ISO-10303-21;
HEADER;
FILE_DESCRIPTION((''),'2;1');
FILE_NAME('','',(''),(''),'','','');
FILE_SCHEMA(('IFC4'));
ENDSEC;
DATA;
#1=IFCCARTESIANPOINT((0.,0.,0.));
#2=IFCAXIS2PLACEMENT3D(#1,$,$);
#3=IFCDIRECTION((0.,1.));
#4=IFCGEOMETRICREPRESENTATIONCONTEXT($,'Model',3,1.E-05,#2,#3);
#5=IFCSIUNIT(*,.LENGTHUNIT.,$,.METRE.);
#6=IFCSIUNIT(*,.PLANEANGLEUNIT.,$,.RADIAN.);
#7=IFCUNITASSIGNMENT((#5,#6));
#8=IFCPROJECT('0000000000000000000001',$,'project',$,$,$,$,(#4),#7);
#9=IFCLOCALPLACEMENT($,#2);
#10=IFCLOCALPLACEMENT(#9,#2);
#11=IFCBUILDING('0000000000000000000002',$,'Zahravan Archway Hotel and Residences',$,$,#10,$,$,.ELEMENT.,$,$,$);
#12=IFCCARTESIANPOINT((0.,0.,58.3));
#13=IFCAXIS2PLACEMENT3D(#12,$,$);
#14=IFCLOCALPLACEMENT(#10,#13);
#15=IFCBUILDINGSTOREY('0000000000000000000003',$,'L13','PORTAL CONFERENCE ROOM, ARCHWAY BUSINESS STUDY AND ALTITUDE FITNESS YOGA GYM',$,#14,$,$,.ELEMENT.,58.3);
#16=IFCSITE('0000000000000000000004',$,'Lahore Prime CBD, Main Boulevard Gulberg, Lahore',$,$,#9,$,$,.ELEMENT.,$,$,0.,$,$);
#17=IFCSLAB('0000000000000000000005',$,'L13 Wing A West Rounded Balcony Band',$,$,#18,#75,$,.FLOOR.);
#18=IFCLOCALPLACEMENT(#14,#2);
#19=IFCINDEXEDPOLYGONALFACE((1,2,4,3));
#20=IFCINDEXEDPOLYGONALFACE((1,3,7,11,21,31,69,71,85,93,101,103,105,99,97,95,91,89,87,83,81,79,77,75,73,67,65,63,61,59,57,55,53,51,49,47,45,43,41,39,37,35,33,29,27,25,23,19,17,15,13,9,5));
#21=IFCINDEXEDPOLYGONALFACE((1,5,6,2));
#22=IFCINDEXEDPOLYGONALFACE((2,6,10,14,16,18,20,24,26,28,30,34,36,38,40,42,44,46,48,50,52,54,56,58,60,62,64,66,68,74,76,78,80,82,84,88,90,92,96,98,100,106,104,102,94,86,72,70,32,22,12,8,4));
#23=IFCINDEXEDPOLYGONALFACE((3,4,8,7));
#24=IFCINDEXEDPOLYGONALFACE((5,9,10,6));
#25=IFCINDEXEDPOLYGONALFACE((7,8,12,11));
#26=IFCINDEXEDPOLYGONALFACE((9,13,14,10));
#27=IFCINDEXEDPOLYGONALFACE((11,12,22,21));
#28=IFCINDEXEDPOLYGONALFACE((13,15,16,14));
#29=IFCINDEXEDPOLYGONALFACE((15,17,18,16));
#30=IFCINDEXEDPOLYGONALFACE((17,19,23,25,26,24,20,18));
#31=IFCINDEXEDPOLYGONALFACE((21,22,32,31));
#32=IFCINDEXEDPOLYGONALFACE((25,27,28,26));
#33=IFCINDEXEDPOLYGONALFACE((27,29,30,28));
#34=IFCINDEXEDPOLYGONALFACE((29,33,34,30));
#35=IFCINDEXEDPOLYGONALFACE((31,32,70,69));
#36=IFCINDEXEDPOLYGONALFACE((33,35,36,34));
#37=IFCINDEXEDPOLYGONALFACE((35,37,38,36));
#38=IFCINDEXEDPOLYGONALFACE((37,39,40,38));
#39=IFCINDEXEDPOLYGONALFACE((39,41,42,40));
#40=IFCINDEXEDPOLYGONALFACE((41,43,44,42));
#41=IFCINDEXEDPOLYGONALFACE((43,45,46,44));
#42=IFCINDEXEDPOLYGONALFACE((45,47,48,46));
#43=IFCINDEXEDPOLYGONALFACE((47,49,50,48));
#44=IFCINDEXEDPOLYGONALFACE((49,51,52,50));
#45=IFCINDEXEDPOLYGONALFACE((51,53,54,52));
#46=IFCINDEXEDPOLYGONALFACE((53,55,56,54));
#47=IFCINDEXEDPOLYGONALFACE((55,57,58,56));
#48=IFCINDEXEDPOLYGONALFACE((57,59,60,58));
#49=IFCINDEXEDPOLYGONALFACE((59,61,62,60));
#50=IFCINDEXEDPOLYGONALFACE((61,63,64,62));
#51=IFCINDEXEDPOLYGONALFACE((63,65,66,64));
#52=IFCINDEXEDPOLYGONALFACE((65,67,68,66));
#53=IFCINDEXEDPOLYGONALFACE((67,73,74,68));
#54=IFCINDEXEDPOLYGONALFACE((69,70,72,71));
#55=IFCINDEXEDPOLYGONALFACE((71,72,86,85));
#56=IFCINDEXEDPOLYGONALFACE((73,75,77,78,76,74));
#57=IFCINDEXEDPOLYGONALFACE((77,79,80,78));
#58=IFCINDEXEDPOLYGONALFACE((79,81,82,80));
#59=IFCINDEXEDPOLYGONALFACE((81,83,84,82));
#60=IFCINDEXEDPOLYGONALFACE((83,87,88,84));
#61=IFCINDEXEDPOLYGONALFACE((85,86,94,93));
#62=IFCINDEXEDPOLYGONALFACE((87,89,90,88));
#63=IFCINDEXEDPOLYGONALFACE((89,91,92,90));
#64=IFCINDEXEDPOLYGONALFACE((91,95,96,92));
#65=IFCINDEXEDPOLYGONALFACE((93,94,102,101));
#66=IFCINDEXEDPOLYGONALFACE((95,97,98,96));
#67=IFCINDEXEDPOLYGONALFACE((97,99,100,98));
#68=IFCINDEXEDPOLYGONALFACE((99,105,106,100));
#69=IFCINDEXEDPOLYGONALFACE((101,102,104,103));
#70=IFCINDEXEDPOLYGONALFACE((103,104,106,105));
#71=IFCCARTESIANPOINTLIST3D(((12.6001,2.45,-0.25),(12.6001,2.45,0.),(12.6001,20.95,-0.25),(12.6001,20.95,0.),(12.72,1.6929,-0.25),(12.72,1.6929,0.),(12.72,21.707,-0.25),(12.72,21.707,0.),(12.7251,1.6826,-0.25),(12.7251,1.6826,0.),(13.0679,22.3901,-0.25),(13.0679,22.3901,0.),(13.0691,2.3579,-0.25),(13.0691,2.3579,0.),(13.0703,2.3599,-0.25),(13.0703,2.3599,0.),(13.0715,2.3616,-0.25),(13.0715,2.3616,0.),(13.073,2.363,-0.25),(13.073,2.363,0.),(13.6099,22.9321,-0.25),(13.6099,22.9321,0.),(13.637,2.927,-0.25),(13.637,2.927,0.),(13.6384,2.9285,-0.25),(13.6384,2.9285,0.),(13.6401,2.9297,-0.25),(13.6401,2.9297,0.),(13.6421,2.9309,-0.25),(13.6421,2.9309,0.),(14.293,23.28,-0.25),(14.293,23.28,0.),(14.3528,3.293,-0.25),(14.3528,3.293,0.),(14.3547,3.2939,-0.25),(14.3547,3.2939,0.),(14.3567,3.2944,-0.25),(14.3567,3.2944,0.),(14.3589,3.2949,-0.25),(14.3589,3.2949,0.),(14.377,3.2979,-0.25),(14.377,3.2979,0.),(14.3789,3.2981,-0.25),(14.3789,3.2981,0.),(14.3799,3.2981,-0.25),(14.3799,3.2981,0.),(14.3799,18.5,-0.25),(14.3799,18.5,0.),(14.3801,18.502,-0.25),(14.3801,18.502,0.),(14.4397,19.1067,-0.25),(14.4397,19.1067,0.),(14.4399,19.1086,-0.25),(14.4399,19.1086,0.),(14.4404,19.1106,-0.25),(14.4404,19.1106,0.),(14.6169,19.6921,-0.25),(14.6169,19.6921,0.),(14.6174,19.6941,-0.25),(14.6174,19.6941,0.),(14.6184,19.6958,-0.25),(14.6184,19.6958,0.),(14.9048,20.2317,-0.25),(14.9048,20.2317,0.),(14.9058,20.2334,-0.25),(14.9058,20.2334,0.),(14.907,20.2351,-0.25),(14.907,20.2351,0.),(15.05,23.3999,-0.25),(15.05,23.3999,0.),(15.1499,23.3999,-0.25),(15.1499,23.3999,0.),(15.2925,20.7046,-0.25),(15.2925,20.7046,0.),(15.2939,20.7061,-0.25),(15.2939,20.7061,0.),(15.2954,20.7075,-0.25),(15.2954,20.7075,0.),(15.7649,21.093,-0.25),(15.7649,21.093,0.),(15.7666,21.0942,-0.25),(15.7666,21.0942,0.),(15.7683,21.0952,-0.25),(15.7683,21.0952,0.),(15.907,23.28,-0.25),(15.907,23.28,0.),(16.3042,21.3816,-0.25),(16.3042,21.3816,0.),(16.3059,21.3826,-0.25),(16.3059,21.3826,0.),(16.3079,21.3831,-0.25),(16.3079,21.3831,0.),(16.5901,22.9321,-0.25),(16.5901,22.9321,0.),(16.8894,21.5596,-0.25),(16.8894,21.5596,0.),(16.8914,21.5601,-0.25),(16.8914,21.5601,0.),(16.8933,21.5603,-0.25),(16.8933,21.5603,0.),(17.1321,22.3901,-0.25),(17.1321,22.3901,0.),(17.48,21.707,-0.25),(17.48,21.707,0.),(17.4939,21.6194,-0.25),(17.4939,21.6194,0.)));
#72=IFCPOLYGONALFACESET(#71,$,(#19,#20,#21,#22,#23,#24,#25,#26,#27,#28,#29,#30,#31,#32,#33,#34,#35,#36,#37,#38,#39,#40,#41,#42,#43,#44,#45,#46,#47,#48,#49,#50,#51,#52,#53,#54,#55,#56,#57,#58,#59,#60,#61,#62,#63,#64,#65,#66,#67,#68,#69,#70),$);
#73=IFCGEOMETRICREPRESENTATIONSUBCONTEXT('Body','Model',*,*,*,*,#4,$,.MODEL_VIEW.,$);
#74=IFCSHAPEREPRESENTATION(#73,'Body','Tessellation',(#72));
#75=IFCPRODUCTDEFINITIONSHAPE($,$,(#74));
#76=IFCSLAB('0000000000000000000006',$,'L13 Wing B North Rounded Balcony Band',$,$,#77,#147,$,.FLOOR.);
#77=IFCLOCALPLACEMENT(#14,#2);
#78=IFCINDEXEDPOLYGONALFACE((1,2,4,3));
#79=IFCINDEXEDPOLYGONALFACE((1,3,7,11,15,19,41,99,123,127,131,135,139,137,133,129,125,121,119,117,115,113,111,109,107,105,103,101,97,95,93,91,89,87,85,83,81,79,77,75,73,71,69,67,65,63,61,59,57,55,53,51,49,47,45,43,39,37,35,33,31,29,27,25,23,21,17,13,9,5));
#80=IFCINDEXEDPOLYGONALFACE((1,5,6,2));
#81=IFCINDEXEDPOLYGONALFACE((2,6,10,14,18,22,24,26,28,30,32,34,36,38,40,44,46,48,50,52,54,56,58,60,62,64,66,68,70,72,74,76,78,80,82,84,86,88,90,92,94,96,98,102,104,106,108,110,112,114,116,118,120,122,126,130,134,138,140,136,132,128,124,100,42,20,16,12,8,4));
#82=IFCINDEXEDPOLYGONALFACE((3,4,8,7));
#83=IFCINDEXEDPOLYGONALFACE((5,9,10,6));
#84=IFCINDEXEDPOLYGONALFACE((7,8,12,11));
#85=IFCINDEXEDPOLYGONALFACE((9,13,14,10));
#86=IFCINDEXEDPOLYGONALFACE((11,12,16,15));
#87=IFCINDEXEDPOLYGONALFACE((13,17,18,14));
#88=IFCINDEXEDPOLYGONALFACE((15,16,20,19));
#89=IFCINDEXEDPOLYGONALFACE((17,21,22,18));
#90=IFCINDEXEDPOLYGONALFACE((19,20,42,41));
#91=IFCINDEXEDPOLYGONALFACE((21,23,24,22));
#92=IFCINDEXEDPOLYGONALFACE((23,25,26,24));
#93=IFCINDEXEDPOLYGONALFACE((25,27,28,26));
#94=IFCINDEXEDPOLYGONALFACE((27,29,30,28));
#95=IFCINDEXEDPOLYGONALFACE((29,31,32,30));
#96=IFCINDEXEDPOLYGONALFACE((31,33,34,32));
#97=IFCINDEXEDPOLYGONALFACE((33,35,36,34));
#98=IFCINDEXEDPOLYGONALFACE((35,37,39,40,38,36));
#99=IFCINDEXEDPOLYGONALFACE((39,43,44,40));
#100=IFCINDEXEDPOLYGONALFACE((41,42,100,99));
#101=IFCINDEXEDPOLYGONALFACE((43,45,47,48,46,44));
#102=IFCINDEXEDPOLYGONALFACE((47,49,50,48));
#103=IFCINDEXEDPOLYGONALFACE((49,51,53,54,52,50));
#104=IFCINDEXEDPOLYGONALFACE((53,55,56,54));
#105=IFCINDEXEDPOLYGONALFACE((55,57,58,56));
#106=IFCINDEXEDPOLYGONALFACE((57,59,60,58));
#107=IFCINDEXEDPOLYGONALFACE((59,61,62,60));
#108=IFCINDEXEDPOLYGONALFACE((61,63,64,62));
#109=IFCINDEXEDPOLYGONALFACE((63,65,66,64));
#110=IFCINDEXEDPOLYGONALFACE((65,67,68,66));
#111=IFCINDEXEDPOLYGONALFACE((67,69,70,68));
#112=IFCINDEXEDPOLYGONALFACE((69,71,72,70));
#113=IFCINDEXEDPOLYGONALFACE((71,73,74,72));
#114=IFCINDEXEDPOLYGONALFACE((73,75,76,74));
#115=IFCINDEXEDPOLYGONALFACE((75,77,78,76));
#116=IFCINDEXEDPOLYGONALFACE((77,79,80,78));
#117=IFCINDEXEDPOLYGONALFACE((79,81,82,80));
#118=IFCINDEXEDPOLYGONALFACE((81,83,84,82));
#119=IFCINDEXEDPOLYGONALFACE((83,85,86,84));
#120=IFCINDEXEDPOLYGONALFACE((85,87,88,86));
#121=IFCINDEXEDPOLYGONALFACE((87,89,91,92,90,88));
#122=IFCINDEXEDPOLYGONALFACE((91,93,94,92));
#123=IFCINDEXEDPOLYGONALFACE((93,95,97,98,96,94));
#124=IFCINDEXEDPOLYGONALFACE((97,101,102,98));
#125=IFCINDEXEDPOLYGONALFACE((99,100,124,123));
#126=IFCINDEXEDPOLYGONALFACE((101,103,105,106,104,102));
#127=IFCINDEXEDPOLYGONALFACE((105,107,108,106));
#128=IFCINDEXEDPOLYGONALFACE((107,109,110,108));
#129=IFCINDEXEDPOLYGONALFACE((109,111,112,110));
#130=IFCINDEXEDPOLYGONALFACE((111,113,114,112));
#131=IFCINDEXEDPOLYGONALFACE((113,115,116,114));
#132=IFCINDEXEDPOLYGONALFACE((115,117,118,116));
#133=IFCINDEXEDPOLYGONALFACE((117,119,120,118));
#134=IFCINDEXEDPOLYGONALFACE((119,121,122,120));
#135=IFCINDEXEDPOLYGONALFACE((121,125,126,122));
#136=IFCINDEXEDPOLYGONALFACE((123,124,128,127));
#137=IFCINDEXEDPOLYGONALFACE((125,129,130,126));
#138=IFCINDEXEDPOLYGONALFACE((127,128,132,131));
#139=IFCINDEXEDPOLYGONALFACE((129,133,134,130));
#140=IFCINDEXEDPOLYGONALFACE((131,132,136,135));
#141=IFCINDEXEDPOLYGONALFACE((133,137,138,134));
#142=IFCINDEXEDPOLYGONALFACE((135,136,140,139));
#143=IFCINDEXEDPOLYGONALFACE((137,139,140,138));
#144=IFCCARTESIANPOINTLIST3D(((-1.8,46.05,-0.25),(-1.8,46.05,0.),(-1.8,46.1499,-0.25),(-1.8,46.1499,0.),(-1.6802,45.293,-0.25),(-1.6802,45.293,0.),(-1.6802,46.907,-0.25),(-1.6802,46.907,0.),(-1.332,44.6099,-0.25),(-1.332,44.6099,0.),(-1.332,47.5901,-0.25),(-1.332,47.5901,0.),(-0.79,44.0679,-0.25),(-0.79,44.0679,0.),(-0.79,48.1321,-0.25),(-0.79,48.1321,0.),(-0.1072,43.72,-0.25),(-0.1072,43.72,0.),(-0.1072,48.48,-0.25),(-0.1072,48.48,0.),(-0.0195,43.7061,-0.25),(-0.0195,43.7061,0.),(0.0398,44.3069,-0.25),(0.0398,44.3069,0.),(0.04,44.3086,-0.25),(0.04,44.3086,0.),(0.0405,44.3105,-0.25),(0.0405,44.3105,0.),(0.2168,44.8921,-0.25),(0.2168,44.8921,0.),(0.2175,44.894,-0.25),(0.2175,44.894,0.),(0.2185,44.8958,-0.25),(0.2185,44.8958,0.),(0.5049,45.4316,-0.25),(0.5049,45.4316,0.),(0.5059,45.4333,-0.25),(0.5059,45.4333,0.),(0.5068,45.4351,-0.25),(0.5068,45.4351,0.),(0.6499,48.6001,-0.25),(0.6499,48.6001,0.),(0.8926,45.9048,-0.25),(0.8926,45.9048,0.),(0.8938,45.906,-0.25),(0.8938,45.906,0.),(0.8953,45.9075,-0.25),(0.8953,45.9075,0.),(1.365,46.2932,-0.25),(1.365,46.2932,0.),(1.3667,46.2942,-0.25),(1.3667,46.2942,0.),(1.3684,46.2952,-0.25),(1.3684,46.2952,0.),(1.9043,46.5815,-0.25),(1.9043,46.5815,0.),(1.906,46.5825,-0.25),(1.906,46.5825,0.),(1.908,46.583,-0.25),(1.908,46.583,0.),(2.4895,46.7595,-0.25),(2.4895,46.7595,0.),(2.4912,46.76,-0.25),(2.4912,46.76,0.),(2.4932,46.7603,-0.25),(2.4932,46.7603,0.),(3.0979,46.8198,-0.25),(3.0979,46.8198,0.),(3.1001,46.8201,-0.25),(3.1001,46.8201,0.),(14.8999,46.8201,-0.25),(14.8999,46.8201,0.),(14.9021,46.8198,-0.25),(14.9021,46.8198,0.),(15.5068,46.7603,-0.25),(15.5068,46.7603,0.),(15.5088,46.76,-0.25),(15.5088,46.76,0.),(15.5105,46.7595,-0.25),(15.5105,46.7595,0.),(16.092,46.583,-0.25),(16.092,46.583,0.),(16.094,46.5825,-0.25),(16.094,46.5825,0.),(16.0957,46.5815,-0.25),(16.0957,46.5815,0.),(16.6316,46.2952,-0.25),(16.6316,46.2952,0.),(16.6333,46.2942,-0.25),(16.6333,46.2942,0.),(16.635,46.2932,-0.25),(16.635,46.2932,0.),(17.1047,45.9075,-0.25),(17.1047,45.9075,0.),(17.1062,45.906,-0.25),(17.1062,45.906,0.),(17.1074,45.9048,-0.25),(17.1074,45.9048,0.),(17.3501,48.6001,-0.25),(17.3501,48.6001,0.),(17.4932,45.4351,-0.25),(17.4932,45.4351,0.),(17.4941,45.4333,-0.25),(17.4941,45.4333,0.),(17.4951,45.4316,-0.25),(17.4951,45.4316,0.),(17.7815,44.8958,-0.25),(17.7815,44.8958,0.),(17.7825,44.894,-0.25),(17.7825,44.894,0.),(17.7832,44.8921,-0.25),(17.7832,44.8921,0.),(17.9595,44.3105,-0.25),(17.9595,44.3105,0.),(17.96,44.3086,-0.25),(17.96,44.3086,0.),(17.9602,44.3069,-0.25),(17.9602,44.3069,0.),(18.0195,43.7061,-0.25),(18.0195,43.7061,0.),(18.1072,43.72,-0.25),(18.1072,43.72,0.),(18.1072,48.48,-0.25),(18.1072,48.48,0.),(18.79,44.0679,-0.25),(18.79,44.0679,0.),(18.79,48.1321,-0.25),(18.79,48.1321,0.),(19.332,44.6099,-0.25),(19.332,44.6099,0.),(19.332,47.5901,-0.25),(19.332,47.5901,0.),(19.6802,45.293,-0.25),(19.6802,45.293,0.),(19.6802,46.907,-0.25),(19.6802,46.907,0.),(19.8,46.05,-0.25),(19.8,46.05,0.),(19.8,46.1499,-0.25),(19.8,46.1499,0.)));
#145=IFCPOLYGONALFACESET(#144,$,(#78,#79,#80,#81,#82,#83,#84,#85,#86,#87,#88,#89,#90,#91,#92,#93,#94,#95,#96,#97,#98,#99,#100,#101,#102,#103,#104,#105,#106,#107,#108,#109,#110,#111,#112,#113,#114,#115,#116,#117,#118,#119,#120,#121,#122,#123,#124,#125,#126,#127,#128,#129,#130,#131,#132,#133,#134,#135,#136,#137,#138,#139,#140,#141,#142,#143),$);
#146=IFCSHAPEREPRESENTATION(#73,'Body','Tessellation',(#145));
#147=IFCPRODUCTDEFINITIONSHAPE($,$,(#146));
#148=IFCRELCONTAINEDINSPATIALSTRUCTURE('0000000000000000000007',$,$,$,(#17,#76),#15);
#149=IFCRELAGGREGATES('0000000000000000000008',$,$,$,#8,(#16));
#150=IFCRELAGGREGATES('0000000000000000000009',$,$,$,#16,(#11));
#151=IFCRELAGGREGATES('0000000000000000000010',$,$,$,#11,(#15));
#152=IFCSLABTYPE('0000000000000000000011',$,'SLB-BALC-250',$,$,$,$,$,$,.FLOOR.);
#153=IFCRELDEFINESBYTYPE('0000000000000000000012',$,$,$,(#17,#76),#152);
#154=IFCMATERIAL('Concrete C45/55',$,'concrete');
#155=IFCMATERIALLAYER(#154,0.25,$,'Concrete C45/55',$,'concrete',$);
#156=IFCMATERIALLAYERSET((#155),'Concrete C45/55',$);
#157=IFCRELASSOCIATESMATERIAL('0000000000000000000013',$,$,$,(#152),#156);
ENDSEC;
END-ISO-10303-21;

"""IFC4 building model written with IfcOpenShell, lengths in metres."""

from ifc_helpers import new_model, si_unit, direction, frame, origin, place, context, subcontext, project, spatial, polyline, outline, extrude, material, layer, layer_set, type_object, element, save


model = new_model("IFC4")

# Units and contexts
model_context = context("Model", 3, precision=1e-05, world=origin(), true_north=direction((0.0, 1.0)))
body_context = subcontext(model_context, "Body", "Model", "MODEL_VIEW")
ifc_project = project(units=[si_unit("LENGTHUNIT", "METRE"), si_unit("PLANEANGLEUNIT", "RADIAN")], contexts=[model_context])

# Site, building, storey
site_placement = place(None, origin())
site = spatial("IfcSite", under=ifc_project, at=site_placement, Name="Lahore Prime CBD, Main Boulevard Gulberg, Lahore", CompositionType="ELEMENT", RefElevation=0.0)
building_placement = place(site_placement, origin())
building = spatial("IfcBuilding", under=site, at=building_placement, Name="Zahravan Archway Hotel and Residences", CompositionType="ELEMENT")
storey_placement = place(building_placement, frame((0.0, 0.0, 58.3)))
storey = spatial("IfcBuildingStorey", under=building, at=storey_placement, Name="L13", Description="PORTAL CONFERENCE ROOM, ARCHWAY BUSINESS STUDY AND ALTITUDE FITNESS YOGA GYM", CompositionType="ELEMENT", Elevation=58.3)

# Slabs
ifc_material_1 = material(Name="Concrete C45/55", Category="concrete")
ifc_layer_1 = layer(ifc_material_1, 0.25, Name="Concrete C45/55", Category="concrete")
ifc_layer_set_1 = layer_set([ifc_layer_1], Name="Concrete C45/55")
slab_type_1 = type_object("IfcSlabType", Name="SLB-BALC-250", PredefinedType="FLOOR", material=ifc_layer_set_1)
slab_1_placement = place(storey_placement, frame((0.0, 0.0, -0.25)))
element("IfcSlab", 1, at=slab_1_placement, inside=storey, type_object=slab_type_1, Name="L13 Wing A West Rounded Balcony Band", PredefinedType="FLOOR", context=body_context, shape_type="SweptSolid", body=[
    extrude(outline(polyline([(12.72, 1.6929), (12.6001, 2.45), (12.6001, 20.95), (12.72, 21.707), (13.0679, 22.3901), (13.6099, 22.9321), (14.293, 23.28), (15.05, 23.3999), (15.1499, 23.3999), (15.907, 23.28), (16.5901, 22.9321), (17.1321, 22.3901), (17.48, 21.707), (17.4939, 21.6194), (16.8933, 21.5603), (16.8914, 21.5601), (16.8894, 21.5596), (16.3079, 21.3831), (16.3059, 21.3826), (16.3042, 21.3816), (15.7683, 21.0952), (15.7666, 21.0942), (15.7649, 21.093), (15.2954, 20.7075), (15.2939, 20.7061), (15.2925, 20.7046), (14.907, 20.2351), (14.9058, 20.2334), (14.9048, 20.2317), (14.6184, 19.6958), (14.6174, 19.6941), (14.6169, 19.6921), (14.4404, 19.1106), (14.4399, 19.1086), (14.4397, 19.1067), (14.3801, 18.502), (14.3799, 18.5), (14.3799, 3.2981), (14.3789, 3.2981), (14.377, 3.2979), (14.3589, 3.2949), (14.3567, 3.2944), (14.3547, 3.2939), (14.3528, 3.293), (13.6421, 2.9309), (13.6401, 2.9297), (13.6384, 2.9285), (13.637, 2.927), (13.073, 2.363), (13.0715, 2.3616), (13.0703, 2.3599), (13.0691, 2.3579), (12.7251, 1.6826), (12.72, 1.6929)])), origin(), (0.0, 0.0, 1.0), 0.25),
])
slab_2_placement = place(storey_placement, frame((0.0, 0.0, -0.25)))
element("IfcSlab", 2, at=slab_2_placement, inside=storey, type_object=slab_type_1, Name="L13 Wing B North Rounded Balcony Band", PredefinedType="FLOOR", context=body_context, shape_type="SweptSolid", body=[
    extrude(outline(polyline([(-0.1072, 43.72), (-0.79, 44.0679), (-1.332, 44.6099), (-1.6802, 45.293), (-1.8, 46.05), (-1.8, 46.1499), (-1.6802, 46.907), (-1.332, 47.5901), (-0.79, 48.1321), (-0.1072, 48.48), (0.6499, 48.6001), (17.3501, 48.6001), (18.1072, 48.48), (18.79, 48.1321), (19.332, 47.5901), (19.6802, 46.907), (19.8, 46.1499), (19.8, 46.05), (19.6802, 45.293), (19.332, 44.6099), (18.79, 44.0679), (18.1072, 43.72), (18.0195, 43.7061), (17.9602, 44.3069), (17.96, 44.3086), (17.9595, 44.3105), (17.7832, 44.8921), (17.7825, 44.894), (17.7815, 44.8958), (17.4951, 45.4316), (17.4941, 45.4333), (17.4932, 45.4351), (17.1074, 45.9048), (17.1062, 45.906), (17.1047, 45.9075), (16.635, 46.2932), (16.6333, 46.2942), (16.6316, 46.2952), (16.0957, 46.5815), (16.094, 46.5825), (16.092, 46.583), (15.5105, 46.7595), (15.5088, 46.76), (15.5068, 46.7603), (14.9021, 46.8198), (14.8999, 46.8201), (3.1001, 46.8201), (3.0979, 46.8198), (2.4932, 46.7603), (2.4912, 46.76), (2.4895, 46.7595), (1.908, 46.583), (1.906, 46.5825), (1.9043, 46.5815), (1.3684, 46.2952), (1.3667, 46.2942), (1.365, 46.2932), (0.8953, 45.9075), (0.8938, 45.906), (0.8926, 45.9048), (0.5068, 45.4351), (0.5059, 45.4333), (0.5049, 45.4316), (0.2185, 44.8958), (0.2175, 44.894), (0.2168, 44.8921), (0.0405, 44.3105), (0.04, 44.3086), (0.0398, 44.3069), (-0.0195, 43.7061), (-0.1072, 43.72)])), origin(), (0.0, 0.0, 1.0), 0.25),
])

save(model, "model.ifc")
